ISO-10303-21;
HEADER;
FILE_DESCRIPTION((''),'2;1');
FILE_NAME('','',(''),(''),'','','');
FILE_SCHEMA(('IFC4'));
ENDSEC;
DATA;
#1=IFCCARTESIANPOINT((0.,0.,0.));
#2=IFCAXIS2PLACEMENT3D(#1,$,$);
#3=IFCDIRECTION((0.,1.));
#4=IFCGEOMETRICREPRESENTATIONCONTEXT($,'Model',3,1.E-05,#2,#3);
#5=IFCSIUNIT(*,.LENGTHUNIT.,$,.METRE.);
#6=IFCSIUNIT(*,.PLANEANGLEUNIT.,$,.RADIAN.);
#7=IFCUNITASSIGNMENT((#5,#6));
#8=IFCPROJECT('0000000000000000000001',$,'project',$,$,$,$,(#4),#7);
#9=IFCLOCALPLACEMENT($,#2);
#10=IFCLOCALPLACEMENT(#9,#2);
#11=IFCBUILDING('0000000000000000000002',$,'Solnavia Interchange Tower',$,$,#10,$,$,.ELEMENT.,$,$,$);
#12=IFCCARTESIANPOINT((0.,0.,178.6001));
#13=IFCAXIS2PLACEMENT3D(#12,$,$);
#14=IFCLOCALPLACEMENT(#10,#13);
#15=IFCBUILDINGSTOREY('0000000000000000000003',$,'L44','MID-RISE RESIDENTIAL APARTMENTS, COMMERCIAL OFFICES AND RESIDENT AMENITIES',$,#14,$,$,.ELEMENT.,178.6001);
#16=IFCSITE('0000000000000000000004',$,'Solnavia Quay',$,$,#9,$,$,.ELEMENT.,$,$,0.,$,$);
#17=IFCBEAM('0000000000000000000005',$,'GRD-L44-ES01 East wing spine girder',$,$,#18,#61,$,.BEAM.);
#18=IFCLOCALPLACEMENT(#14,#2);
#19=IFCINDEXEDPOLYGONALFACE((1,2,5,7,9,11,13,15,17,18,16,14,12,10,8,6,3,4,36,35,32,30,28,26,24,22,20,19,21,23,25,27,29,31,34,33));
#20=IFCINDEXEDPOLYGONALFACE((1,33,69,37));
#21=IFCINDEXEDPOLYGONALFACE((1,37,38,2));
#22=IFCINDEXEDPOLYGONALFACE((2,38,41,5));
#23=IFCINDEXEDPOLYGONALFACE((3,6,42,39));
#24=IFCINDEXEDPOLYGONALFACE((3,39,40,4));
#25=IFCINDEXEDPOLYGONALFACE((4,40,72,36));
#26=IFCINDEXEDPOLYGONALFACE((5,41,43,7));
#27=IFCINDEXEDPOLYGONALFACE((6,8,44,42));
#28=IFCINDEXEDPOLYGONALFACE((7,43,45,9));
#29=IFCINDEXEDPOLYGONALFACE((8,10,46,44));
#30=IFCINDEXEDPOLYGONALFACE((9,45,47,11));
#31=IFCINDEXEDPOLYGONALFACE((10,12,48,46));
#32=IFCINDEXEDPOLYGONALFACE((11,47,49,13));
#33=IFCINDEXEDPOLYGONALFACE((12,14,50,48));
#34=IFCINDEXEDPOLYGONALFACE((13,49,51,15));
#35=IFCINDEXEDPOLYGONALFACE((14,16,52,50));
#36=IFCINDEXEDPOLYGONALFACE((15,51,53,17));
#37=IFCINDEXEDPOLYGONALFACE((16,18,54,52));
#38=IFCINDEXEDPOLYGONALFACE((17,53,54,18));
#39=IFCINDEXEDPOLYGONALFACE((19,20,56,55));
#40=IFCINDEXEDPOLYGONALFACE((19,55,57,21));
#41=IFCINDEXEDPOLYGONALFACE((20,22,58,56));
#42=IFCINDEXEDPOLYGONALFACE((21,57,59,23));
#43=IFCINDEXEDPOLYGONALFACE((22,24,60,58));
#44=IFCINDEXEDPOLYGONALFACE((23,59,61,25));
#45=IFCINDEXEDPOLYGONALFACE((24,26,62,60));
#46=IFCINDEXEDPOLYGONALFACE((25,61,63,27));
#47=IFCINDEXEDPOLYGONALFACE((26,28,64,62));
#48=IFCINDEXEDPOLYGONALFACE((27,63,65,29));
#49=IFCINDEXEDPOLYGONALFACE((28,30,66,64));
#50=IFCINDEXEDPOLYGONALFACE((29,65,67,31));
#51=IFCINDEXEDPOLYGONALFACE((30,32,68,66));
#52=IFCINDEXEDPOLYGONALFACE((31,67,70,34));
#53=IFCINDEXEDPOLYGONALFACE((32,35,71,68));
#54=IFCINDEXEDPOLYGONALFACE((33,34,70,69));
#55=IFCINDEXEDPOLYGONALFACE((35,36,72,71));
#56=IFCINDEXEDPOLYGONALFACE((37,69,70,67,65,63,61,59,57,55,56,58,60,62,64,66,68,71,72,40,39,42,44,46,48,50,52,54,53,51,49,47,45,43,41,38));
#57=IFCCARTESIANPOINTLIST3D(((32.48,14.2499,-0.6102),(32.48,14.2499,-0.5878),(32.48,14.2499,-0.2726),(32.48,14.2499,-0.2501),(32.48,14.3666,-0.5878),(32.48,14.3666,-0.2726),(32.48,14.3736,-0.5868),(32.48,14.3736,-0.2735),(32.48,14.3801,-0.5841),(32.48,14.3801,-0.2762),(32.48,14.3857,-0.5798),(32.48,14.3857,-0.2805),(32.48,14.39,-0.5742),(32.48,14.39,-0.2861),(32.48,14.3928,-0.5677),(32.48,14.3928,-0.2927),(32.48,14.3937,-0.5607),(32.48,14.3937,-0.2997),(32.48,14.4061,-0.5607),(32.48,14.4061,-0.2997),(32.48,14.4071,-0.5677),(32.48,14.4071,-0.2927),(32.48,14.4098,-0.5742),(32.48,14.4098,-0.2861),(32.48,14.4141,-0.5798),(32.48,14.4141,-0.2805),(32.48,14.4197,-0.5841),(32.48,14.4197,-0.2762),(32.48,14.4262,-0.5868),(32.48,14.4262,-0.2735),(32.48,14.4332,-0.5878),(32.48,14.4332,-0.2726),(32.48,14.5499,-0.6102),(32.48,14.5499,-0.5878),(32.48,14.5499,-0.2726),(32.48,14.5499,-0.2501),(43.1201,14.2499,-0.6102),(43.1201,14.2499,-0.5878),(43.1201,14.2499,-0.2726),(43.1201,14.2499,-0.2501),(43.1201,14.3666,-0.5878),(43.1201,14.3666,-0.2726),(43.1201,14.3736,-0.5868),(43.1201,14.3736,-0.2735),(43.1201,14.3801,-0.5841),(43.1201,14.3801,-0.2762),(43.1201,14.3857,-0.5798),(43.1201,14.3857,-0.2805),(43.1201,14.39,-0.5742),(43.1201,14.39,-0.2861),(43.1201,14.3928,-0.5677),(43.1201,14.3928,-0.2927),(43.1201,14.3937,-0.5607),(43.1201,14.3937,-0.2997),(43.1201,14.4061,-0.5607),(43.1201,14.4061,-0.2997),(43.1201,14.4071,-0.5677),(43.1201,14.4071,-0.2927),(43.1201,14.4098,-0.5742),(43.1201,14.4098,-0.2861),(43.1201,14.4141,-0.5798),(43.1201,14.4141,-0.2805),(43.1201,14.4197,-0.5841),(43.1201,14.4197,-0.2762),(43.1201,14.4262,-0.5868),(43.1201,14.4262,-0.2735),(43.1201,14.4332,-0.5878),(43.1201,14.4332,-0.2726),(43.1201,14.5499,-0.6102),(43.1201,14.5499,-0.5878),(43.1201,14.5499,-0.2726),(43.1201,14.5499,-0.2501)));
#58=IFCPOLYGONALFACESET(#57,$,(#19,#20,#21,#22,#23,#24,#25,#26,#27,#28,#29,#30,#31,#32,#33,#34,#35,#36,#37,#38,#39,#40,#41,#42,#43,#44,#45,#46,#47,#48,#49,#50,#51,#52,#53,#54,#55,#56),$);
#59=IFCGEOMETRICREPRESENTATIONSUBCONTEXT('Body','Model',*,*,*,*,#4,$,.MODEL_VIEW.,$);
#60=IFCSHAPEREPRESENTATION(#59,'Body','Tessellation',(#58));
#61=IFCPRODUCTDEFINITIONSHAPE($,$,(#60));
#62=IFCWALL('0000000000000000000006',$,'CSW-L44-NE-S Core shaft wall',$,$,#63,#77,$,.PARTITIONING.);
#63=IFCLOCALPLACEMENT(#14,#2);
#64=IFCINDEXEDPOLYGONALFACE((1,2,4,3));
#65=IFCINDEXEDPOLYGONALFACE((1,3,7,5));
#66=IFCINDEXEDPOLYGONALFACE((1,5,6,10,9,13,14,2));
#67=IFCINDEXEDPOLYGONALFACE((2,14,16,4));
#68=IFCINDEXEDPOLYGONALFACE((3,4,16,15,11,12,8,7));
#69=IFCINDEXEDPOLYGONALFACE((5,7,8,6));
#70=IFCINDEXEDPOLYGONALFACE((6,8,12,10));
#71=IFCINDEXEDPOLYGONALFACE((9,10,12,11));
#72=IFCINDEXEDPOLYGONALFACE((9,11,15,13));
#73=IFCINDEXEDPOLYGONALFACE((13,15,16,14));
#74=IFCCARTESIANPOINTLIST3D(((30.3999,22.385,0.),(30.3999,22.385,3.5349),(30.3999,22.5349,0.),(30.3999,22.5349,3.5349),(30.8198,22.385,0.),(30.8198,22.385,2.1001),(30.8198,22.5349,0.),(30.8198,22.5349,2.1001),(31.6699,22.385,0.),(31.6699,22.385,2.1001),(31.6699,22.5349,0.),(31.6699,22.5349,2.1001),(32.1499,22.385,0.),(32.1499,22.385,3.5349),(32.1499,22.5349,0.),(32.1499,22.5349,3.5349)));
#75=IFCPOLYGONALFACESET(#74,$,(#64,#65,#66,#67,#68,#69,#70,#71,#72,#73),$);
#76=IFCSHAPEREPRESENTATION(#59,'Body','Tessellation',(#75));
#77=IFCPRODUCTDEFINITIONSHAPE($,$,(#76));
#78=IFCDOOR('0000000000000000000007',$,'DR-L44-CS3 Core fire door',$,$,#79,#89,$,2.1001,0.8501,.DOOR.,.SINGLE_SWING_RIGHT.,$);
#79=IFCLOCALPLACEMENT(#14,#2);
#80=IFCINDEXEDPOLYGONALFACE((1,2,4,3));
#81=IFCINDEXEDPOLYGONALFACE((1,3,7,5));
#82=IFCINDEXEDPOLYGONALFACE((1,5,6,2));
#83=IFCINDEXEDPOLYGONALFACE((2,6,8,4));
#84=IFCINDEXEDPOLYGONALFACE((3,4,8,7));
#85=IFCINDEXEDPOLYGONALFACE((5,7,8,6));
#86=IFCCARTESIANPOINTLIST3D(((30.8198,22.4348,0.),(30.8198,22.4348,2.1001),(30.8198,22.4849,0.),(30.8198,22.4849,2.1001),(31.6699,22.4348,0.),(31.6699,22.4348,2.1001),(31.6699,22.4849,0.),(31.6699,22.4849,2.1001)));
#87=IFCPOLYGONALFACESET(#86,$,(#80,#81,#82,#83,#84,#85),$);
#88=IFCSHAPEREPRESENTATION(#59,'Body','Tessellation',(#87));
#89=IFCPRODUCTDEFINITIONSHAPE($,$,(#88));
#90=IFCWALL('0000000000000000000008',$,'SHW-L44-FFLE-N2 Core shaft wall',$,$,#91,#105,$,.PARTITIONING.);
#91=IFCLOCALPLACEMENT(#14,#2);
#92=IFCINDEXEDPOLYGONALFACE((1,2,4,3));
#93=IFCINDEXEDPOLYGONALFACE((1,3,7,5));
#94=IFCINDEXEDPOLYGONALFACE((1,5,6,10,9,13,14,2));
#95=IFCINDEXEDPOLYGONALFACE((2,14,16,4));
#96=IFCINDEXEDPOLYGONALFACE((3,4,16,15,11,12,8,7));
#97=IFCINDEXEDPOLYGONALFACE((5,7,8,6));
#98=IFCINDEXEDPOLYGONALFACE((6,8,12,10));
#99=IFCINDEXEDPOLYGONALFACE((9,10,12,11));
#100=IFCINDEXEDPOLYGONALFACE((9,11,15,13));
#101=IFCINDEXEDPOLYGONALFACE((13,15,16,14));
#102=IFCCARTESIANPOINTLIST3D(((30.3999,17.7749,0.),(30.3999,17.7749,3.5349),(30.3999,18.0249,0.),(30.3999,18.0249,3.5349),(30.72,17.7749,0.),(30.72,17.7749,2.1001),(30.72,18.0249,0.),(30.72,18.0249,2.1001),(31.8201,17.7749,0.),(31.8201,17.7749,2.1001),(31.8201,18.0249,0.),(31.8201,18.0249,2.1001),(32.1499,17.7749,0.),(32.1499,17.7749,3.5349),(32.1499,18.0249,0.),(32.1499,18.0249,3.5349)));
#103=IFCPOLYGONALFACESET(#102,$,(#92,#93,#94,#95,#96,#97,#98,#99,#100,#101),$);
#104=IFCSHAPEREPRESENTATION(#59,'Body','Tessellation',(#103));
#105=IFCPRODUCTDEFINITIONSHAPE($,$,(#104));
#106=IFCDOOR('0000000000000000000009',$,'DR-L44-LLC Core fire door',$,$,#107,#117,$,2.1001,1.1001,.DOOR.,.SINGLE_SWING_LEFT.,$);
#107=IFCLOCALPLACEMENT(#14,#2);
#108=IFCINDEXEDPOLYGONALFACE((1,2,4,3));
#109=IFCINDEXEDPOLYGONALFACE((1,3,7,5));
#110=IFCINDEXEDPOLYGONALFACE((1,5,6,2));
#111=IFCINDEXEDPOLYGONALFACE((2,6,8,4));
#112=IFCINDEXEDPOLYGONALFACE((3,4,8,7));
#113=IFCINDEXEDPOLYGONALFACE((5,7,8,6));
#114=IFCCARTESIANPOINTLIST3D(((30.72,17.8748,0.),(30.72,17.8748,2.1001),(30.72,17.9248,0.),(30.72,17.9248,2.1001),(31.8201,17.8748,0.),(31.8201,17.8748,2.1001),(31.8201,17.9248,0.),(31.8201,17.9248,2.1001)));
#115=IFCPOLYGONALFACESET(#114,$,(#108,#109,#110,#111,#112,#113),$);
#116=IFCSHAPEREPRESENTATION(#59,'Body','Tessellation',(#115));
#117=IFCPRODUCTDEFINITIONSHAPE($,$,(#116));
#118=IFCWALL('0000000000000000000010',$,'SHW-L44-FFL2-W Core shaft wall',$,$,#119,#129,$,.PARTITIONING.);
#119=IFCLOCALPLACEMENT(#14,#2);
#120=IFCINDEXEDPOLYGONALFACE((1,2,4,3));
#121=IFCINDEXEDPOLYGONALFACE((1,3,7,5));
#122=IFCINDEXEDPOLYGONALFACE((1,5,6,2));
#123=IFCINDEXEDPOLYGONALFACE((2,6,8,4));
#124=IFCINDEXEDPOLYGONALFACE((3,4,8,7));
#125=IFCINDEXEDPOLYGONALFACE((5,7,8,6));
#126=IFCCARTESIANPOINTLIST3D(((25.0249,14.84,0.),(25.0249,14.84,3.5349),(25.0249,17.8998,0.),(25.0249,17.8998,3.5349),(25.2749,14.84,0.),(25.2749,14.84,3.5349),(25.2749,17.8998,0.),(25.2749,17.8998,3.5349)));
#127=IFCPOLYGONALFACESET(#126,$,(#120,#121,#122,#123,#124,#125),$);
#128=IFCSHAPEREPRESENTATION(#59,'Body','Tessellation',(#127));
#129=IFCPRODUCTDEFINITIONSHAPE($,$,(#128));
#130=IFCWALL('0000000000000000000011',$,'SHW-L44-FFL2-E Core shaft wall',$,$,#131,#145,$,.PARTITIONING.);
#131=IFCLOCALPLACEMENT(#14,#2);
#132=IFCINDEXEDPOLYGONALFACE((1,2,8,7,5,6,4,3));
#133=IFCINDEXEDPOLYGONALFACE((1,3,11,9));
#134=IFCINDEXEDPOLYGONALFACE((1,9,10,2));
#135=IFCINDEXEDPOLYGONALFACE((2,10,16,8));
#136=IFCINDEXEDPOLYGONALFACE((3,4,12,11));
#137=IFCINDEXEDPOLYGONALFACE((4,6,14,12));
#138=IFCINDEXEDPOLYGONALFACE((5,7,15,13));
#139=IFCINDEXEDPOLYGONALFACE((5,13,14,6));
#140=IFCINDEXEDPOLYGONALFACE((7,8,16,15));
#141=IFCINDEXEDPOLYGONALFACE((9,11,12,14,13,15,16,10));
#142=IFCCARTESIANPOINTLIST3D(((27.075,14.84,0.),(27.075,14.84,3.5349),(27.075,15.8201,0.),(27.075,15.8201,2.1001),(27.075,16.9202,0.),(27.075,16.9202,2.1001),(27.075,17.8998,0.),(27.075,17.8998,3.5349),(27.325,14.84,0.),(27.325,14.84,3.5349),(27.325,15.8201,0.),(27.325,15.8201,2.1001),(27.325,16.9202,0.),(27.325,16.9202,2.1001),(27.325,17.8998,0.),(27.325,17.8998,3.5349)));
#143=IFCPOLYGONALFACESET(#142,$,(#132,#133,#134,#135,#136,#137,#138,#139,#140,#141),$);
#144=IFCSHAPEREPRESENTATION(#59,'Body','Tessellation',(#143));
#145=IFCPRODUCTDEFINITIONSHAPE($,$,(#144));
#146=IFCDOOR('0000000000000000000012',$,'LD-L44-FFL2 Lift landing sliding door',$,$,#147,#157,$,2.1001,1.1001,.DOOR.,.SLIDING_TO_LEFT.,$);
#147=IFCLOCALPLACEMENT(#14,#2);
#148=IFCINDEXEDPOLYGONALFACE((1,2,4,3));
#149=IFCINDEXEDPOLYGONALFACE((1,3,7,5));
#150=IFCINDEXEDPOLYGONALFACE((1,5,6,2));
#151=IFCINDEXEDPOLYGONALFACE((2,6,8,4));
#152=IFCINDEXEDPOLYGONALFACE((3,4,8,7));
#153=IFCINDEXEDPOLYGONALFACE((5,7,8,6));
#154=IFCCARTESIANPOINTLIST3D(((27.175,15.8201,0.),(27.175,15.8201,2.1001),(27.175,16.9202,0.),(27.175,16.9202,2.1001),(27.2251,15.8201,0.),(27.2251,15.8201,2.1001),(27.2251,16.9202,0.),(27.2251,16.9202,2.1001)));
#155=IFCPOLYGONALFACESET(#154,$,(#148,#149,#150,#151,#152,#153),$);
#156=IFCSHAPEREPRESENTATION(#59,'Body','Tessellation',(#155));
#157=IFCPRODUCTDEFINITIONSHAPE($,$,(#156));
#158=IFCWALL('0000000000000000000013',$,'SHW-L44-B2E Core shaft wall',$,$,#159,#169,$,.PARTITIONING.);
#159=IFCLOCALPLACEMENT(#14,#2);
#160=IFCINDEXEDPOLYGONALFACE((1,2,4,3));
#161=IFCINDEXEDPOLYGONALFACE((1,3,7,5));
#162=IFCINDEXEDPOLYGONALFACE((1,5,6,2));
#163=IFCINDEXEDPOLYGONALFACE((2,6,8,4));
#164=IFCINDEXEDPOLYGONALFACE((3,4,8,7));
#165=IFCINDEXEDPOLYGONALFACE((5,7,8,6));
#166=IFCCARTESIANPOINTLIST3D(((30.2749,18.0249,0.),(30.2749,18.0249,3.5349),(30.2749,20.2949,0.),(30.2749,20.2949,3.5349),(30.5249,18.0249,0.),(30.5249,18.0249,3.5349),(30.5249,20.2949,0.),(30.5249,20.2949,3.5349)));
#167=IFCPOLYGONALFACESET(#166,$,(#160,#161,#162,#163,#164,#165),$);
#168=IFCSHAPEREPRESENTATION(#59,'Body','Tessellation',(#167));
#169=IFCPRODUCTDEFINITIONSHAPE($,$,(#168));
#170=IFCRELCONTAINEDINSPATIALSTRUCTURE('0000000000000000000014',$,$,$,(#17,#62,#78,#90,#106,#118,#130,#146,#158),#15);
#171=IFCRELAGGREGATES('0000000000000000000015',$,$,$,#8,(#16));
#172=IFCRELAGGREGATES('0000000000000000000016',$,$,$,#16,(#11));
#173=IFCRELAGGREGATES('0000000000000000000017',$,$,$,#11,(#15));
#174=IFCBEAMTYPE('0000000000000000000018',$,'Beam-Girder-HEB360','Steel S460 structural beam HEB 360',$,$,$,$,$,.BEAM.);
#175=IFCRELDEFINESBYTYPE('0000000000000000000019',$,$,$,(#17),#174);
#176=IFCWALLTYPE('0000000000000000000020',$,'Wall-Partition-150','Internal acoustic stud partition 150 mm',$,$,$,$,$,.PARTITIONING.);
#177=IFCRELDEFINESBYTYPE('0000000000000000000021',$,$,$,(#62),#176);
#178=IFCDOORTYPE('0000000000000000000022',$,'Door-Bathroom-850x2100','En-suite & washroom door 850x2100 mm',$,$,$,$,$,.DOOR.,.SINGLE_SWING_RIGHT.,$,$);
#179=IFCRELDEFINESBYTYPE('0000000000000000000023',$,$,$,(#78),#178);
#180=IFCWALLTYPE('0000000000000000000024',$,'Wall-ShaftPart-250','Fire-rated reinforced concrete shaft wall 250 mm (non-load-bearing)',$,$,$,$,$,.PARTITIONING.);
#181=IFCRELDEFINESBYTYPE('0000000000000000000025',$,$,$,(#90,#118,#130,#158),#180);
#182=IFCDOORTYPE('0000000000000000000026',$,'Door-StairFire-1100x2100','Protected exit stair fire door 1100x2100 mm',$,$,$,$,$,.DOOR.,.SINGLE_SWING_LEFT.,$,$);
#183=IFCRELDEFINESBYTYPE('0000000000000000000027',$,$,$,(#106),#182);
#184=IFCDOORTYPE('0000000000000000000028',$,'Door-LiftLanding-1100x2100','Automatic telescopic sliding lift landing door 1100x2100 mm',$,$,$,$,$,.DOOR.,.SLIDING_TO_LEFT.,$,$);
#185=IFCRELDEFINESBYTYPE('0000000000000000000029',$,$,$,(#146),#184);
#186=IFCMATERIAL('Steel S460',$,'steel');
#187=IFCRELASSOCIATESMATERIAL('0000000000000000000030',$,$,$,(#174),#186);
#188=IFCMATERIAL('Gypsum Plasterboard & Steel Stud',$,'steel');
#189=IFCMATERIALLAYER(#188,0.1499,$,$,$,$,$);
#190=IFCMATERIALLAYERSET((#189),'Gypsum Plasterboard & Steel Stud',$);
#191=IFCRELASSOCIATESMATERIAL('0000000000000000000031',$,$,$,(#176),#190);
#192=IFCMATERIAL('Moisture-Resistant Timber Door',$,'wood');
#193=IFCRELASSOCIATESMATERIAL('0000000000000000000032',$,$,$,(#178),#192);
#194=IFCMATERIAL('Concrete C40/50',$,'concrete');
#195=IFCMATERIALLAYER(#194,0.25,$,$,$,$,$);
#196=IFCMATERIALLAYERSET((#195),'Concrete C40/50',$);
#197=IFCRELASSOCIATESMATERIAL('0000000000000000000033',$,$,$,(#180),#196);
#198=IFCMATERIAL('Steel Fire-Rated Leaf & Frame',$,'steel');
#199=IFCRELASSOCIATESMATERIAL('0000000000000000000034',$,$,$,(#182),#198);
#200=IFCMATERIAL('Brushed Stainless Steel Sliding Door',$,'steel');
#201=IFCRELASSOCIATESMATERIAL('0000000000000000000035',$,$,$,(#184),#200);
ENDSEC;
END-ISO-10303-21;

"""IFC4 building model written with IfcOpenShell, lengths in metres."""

from ifc_helpers import new_model, si_unit, direction, frame, frame_2d, origin, origin_2d, place, context, subcontext, project, spatial, rectangle, i_section, extrude, material, layer, layer_set, material_profile, profile_set, type_object, element, fill, save


model = new_model("IFC4")

# Units and contexts
model_context = context("Model", 3, precision=1e-05, world=origin(), true_north=direction((0.0, 1.0)))
body_context = subcontext(model_context, "Body", "Model", "MODEL_VIEW")
ifc_project = project(units=[si_unit("LENGTHUNIT", "METRE"), si_unit("PLANEANGLEUNIT", "RADIAN")], contexts=[model_context])

# Site, building, storey
site_placement = place(None, origin())
site = spatial("IfcSite", under=ifc_project, at=site_placement, Name="Solnavia Quay", CompositionType="ELEMENT", RefElevation=0.0)
building_placement = place(site_placement, origin())
building = spatial("IfcBuilding", under=site, at=building_placement, Name="Solnavia Interchange Tower", CompositionType="ELEMENT")
storey_placement = place(building_placement, frame((0.0, 0.0, 178.6001)))
storey = spatial("IfcBuildingStorey", under=building, at=storey_placement, Name="L44", Description="MID-RISE RESIDENTIAL APARTMENTS, COMMERCIAL OFFICES AND RESIDENT AMENITIES", CompositionType="ELEMENT", Elevation=178.6001)

# Beam
ifc_material_1 = material(Name="Steel S460", Category="steel")
ifc_material_profile_1 = material_profile(ifc_material_1, i_section(OverallWidth=0.3, OverallDepth=0.3601, WebThickness=0.0125, FlangeThickness=0.0225, FilletRadius=0.0271, at=origin_2d()), Name="HEB 360")
ifc_profile_set_1 = profile_set([ifc_material_profile_1], Name="Steel S460")
beam_type_1 = type_object("IfcBeamType", Name="Beam-Girder-HEB360", Description="Steel S460 structural beam HEB 360", PredefinedType="BEAM", material=ifc_profile_set_1)
beam_1_placement = place(storey_placement, frame((32.48, 14.3999, -0.4302), z_axis=(1.0, 0.0, 0.0), x_axis=(0.0, 1.0, 0.0)))
element("IfcBeam", 1, at=beam_1_placement, inside=storey, type_object=beam_type_1, Name="GRD-L44-ES01 East wing spine girder", PredefinedType="BEAM", context=body_context, shape_type="SweptSolid", body=[
    extrude(i_section(OverallWidth=0.3, OverallDepth=0.3601, WebThickness=0.0125, FlangeThickness=0.0225, FilletRadius=0.0271, at=origin_2d()), origin(), (0.0, 0.0, 1.0), 10.6401),
])

# Walls, openings, doors
ifc_material_2 = material(Name="Gypsum Plasterboard & Steel Stud", Category="steel")
ifc_layer_1 = layer(ifc_material_2, 0.1499)
ifc_layer_set_1 = layer_set([ifc_layer_1], Name="Gypsum Plasterboard & Steel Stud")
wall_type_1 = type_object("IfcWallType", Name="Wall-Partition-150", Description="Internal acoustic stud partition 150 mm", PredefinedType="PARTITIONING", material=ifc_layer_set_1)
wall_1_placement = place(storey_placement, frame((30.3999, 22.46, 0.0), z_axis=(0.0, 0.0, 1.0), x_axis=(1.0, 0.0, 0.0)))
wall_1 = element("IfcWall", 2, at=wall_1_placement, inside=storey, type_object=wall_type_1, Name="CSW-L44-NE-S Core shaft wall", PredefinedType="PARTITIONING", context=body_context, shape_type="SweptSolid", body=[
    extrude(rectangle(XDim=1.75, YDim=0.1499, at=frame_2d((0.875, 0.0))), origin(), (0.0, 0.0, 1.0), 3.5349),
])
opening_1_placement = place(wall_1_placement, frame((0.4199, 0.0, 0.0)))
opening_1 = element("IfcOpeningElement", 3, at=opening_1_placement, cuts=wall_1, PredefinedType="OPENING", context=body_context, shape_type="SweptSolid", body=[
    extrude(rectangle(XDim=0.8501, YDim=2.1001, at=frame_2d((0.425, 1.05))), frame((0.0, 0.085, 0.0), z_axis=(0.0, -1.0, 0.0), x_axis=(1.0, 0.0, 0.0)), (0.0, 0.0, 1.0), 0.1699),
])
ifc_material_3 = material(Name="Moisture-Resistant Timber Door", Category="wood")
door_type_1 = type_object("IfcDoorType", Name="Door-Bathroom-850x2100", Description="En-suite & washroom door 850x2100 mm", OperationType="SINGLE_SWING_RIGHT", PredefinedType="DOOR", material=ifc_material_3)
door_1_placement = place(opening_1_placement, origin())
door_1 = element("IfcDoor", 4, at=door_1_placement, inside=storey, type_object=door_type_1, Name="DR-L44-CS3 Core fire door", OperationType="SINGLE_SWING_RIGHT", OverallHeight=2.1001, OverallWidth=0.8501, PredefinedType="DOOR", context=body_context, shape_type="SweptSolid", body=[
    extrude(rectangle(XDim=0.8501, YDim=2.1001, at=frame_2d((0.425, 1.05))), frame((0.0, 0.0249, 0.0), z_axis=(0.0, -1.0, 0.0), x_axis=(1.0, 0.0, 0.0)), (0.0, 0.0, 1.0), 0.05),
])
fill(opening_1, door_1)
ifc_material_4 = material(Name="Concrete C40/50", Category="concrete")
ifc_layer_2 = layer(ifc_material_4, 0.25)
ifc_layer_set_2 = layer_set([ifc_layer_2], Name="Concrete C40/50")
wall_type_2 = type_object("IfcWallType", Name="Wall-ShaftPart-250", Description="Fire-rated reinforced concrete shaft wall 250 mm (non-load-bearing)", PredefinedType="PARTITIONING", material=ifc_layer_set_2)
wall_2_placement = place(storey_placement, frame((30.3999, 17.8999, 0.0), z_axis=(0.0, 0.0, 1.0), x_axis=(1.0, 0.0, 0.0)))
wall_2 = element("IfcWall", 5, at=wall_2_placement, inside=storey, type_object=wall_type_2, Name="SHW-L44-FFLE-N2 Core shaft wall", PredefinedType="PARTITIONING", context=body_context, shape_type="SweptSolid", body=[
    extrude(rectangle(XDim=1.75, YDim=0.25, at=frame_2d((0.875, 0.0))), origin(), (0.0, 0.0, 1.0), 3.5349),
])
opening_2_placement = place(wall_2_placement, frame((0.3201, 0.0, 0.0)))
opening_2 = element("IfcOpeningElement", 6, at=opening_2_placement, cuts=wall_2, PredefinedType="OPENING", context=body_context, shape_type="SweptSolid", body=[
    extrude(rectangle(XDim=1.1001, YDim=2.1001, at=frame_2d((0.55, 1.05))), frame((0.0, 0.135, 0.0), z_axis=(0.0, -1.0, 0.0), x_axis=(1.0, 0.0, 0.0)), (0.0, 0.0, 1.0), 0.27),
])
ifc_material_5 = material(Name="Steel Fire-Rated Leaf & Frame", Category="steel")
door_type_2 = type_object("IfcDoorType", Name="Door-StairFire-1100x2100", Description="Protected exit stair fire door 1100x2100 mm", OperationType="SINGLE_SWING_LEFT", PredefinedType="DOOR", material=ifc_material_5)
door_2_placement = place(opening_2_placement, origin())
door_2 = element("IfcDoor", 7, at=door_2_placement, inside=storey, type_object=door_type_2, Name="DR-L44-LLC Core fire door", OperationType="SINGLE_SWING_LEFT", OverallHeight=2.1001, OverallWidth=1.1001, PredefinedType="DOOR", context=body_context, shape_type="SweptSolid", body=[
    extrude(rectangle(XDim=1.1001, YDim=2.1001, at=frame_2d((0.55, 1.05))), frame((0.0, 0.0249, 0.0), z_axis=(0.0, -1.0, 0.0), x_axis=(1.0, 0.0, 0.0)), (0.0, 0.0, 1.0), 0.05),
])
fill(opening_2, door_2)

# Wall
wall_3_placement = place(storey_placement, frame((25.1499, 14.8401, 0.0), z_axis=(0.0, 0.0, 1.0), x_axis=(0.0, 1.0, 0.0)))
element("IfcWall", 8, at=wall_3_placement, inside=storey, type_object=wall_type_2, Name="SHW-L44-FFL2-W Core shaft wall", PredefinedType="PARTITIONING", context=body_context, shape_type="SweptSolid", body=[
    extrude(rectangle(XDim=3.0598, YDim=0.25, at=frame_2d((1.5298, 0.0))), origin(), (0.0, 0.0, 1.0), 3.5349),
])

# Wall, opening, door
wall_4_placement = place(storey_placement, frame((27.2, 14.8401, 0.0), z_axis=(0.0, 0.0, 1.0), x_axis=(0.0, 1.0, 0.0)))
wall_4 = element("IfcWall", 9, at=wall_4_placement, inside=storey, type_object=wall_type_2, Name="SHW-L44-FFL2-E Core shaft wall", PredefinedType="PARTITIONING", context=body_context, shape_type="SweptSolid", body=[
    extrude(rectangle(XDim=3.0598, YDim=0.25, at=frame_2d((1.5298, 0.0))), origin(), (0.0, 0.0, 1.0), 3.5349),
])
opening_3_placement = place(wall_4_placement, frame((0.98, 0.0, 0.0)))
opening_3 = element("IfcOpeningElement", 10, at=opening_3_placement, cuts=wall_4, PredefinedType="OPENING", context=body_context, shape_type="SweptSolid", body=[
    extrude(rectangle(XDim=1.1001, YDim=2.1001, at=frame_2d((0.55, 1.05))), frame((0.0, 0.135, 0.0), z_axis=(0.0, -1.0, 0.0), x_axis=(1.0, 0.0, 0.0)), (0.0, 0.0, 1.0), 0.27),
])
ifc_material_6 = material(Name="Brushed Stainless Steel Sliding Door", Category="steel")
door_type_3 = type_object("IfcDoorType", Name="Door-LiftLanding-1100x2100", Description="Automatic telescopic sliding lift landing door 1100x2100 mm", OperationType="SLIDING_TO_LEFT", PredefinedType="DOOR", material=ifc_material_6)
door_3_placement = place(opening_3_placement, origin())
door_3 = element("IfcDoor", 11, at=door_3_placement, inside=storey, type_object=door_type_3, Name="LD-L44-FFL2 Lift landing sliding door", OperationType="SLIDING_TO_LEFT", OverallHeight=2.1001, OverallWidth=1.1001, PredefinedType="DOOR", context=body_context, shape_type="SweptSolid", body=[
    extrude(rectangle(XDim=1.1001, YDim=2.1001, at=frame_2d((0.55, 1.05))), frame((0.0, 0.0249, 0.0), z_axis=(0.0, -1.0, 0.0), x_axis=(1.0, 0.0, 0.0)), (0.0, 0.0, 1.0), 0.05),
])
fill(opening_3, door_3)

# Wall
wall_5_placement = place(storey_placement, frame((30.3999, 18.0249, 0.0), z_axis=(0.0, 0.0, 1.0), x_axis=(0.0, 1.0, 0.0)))
element("IfcWall", 12, at=wall_5_placement, inside=storey, type_object=wall_type_2, Name="SHW-L44-B2E Core shaft wall", PredefinedType="PARTITIONING", context=body_context, shape_type="SweptSolid", body=[
    extrude(rectangle(XDim=2.27, YDim=0.25, at=frame_2d((1.135, 0.0))), origin(), (0.0, 0.0, 1.0), 3.5349),
])

save(model, "model.ifc")
